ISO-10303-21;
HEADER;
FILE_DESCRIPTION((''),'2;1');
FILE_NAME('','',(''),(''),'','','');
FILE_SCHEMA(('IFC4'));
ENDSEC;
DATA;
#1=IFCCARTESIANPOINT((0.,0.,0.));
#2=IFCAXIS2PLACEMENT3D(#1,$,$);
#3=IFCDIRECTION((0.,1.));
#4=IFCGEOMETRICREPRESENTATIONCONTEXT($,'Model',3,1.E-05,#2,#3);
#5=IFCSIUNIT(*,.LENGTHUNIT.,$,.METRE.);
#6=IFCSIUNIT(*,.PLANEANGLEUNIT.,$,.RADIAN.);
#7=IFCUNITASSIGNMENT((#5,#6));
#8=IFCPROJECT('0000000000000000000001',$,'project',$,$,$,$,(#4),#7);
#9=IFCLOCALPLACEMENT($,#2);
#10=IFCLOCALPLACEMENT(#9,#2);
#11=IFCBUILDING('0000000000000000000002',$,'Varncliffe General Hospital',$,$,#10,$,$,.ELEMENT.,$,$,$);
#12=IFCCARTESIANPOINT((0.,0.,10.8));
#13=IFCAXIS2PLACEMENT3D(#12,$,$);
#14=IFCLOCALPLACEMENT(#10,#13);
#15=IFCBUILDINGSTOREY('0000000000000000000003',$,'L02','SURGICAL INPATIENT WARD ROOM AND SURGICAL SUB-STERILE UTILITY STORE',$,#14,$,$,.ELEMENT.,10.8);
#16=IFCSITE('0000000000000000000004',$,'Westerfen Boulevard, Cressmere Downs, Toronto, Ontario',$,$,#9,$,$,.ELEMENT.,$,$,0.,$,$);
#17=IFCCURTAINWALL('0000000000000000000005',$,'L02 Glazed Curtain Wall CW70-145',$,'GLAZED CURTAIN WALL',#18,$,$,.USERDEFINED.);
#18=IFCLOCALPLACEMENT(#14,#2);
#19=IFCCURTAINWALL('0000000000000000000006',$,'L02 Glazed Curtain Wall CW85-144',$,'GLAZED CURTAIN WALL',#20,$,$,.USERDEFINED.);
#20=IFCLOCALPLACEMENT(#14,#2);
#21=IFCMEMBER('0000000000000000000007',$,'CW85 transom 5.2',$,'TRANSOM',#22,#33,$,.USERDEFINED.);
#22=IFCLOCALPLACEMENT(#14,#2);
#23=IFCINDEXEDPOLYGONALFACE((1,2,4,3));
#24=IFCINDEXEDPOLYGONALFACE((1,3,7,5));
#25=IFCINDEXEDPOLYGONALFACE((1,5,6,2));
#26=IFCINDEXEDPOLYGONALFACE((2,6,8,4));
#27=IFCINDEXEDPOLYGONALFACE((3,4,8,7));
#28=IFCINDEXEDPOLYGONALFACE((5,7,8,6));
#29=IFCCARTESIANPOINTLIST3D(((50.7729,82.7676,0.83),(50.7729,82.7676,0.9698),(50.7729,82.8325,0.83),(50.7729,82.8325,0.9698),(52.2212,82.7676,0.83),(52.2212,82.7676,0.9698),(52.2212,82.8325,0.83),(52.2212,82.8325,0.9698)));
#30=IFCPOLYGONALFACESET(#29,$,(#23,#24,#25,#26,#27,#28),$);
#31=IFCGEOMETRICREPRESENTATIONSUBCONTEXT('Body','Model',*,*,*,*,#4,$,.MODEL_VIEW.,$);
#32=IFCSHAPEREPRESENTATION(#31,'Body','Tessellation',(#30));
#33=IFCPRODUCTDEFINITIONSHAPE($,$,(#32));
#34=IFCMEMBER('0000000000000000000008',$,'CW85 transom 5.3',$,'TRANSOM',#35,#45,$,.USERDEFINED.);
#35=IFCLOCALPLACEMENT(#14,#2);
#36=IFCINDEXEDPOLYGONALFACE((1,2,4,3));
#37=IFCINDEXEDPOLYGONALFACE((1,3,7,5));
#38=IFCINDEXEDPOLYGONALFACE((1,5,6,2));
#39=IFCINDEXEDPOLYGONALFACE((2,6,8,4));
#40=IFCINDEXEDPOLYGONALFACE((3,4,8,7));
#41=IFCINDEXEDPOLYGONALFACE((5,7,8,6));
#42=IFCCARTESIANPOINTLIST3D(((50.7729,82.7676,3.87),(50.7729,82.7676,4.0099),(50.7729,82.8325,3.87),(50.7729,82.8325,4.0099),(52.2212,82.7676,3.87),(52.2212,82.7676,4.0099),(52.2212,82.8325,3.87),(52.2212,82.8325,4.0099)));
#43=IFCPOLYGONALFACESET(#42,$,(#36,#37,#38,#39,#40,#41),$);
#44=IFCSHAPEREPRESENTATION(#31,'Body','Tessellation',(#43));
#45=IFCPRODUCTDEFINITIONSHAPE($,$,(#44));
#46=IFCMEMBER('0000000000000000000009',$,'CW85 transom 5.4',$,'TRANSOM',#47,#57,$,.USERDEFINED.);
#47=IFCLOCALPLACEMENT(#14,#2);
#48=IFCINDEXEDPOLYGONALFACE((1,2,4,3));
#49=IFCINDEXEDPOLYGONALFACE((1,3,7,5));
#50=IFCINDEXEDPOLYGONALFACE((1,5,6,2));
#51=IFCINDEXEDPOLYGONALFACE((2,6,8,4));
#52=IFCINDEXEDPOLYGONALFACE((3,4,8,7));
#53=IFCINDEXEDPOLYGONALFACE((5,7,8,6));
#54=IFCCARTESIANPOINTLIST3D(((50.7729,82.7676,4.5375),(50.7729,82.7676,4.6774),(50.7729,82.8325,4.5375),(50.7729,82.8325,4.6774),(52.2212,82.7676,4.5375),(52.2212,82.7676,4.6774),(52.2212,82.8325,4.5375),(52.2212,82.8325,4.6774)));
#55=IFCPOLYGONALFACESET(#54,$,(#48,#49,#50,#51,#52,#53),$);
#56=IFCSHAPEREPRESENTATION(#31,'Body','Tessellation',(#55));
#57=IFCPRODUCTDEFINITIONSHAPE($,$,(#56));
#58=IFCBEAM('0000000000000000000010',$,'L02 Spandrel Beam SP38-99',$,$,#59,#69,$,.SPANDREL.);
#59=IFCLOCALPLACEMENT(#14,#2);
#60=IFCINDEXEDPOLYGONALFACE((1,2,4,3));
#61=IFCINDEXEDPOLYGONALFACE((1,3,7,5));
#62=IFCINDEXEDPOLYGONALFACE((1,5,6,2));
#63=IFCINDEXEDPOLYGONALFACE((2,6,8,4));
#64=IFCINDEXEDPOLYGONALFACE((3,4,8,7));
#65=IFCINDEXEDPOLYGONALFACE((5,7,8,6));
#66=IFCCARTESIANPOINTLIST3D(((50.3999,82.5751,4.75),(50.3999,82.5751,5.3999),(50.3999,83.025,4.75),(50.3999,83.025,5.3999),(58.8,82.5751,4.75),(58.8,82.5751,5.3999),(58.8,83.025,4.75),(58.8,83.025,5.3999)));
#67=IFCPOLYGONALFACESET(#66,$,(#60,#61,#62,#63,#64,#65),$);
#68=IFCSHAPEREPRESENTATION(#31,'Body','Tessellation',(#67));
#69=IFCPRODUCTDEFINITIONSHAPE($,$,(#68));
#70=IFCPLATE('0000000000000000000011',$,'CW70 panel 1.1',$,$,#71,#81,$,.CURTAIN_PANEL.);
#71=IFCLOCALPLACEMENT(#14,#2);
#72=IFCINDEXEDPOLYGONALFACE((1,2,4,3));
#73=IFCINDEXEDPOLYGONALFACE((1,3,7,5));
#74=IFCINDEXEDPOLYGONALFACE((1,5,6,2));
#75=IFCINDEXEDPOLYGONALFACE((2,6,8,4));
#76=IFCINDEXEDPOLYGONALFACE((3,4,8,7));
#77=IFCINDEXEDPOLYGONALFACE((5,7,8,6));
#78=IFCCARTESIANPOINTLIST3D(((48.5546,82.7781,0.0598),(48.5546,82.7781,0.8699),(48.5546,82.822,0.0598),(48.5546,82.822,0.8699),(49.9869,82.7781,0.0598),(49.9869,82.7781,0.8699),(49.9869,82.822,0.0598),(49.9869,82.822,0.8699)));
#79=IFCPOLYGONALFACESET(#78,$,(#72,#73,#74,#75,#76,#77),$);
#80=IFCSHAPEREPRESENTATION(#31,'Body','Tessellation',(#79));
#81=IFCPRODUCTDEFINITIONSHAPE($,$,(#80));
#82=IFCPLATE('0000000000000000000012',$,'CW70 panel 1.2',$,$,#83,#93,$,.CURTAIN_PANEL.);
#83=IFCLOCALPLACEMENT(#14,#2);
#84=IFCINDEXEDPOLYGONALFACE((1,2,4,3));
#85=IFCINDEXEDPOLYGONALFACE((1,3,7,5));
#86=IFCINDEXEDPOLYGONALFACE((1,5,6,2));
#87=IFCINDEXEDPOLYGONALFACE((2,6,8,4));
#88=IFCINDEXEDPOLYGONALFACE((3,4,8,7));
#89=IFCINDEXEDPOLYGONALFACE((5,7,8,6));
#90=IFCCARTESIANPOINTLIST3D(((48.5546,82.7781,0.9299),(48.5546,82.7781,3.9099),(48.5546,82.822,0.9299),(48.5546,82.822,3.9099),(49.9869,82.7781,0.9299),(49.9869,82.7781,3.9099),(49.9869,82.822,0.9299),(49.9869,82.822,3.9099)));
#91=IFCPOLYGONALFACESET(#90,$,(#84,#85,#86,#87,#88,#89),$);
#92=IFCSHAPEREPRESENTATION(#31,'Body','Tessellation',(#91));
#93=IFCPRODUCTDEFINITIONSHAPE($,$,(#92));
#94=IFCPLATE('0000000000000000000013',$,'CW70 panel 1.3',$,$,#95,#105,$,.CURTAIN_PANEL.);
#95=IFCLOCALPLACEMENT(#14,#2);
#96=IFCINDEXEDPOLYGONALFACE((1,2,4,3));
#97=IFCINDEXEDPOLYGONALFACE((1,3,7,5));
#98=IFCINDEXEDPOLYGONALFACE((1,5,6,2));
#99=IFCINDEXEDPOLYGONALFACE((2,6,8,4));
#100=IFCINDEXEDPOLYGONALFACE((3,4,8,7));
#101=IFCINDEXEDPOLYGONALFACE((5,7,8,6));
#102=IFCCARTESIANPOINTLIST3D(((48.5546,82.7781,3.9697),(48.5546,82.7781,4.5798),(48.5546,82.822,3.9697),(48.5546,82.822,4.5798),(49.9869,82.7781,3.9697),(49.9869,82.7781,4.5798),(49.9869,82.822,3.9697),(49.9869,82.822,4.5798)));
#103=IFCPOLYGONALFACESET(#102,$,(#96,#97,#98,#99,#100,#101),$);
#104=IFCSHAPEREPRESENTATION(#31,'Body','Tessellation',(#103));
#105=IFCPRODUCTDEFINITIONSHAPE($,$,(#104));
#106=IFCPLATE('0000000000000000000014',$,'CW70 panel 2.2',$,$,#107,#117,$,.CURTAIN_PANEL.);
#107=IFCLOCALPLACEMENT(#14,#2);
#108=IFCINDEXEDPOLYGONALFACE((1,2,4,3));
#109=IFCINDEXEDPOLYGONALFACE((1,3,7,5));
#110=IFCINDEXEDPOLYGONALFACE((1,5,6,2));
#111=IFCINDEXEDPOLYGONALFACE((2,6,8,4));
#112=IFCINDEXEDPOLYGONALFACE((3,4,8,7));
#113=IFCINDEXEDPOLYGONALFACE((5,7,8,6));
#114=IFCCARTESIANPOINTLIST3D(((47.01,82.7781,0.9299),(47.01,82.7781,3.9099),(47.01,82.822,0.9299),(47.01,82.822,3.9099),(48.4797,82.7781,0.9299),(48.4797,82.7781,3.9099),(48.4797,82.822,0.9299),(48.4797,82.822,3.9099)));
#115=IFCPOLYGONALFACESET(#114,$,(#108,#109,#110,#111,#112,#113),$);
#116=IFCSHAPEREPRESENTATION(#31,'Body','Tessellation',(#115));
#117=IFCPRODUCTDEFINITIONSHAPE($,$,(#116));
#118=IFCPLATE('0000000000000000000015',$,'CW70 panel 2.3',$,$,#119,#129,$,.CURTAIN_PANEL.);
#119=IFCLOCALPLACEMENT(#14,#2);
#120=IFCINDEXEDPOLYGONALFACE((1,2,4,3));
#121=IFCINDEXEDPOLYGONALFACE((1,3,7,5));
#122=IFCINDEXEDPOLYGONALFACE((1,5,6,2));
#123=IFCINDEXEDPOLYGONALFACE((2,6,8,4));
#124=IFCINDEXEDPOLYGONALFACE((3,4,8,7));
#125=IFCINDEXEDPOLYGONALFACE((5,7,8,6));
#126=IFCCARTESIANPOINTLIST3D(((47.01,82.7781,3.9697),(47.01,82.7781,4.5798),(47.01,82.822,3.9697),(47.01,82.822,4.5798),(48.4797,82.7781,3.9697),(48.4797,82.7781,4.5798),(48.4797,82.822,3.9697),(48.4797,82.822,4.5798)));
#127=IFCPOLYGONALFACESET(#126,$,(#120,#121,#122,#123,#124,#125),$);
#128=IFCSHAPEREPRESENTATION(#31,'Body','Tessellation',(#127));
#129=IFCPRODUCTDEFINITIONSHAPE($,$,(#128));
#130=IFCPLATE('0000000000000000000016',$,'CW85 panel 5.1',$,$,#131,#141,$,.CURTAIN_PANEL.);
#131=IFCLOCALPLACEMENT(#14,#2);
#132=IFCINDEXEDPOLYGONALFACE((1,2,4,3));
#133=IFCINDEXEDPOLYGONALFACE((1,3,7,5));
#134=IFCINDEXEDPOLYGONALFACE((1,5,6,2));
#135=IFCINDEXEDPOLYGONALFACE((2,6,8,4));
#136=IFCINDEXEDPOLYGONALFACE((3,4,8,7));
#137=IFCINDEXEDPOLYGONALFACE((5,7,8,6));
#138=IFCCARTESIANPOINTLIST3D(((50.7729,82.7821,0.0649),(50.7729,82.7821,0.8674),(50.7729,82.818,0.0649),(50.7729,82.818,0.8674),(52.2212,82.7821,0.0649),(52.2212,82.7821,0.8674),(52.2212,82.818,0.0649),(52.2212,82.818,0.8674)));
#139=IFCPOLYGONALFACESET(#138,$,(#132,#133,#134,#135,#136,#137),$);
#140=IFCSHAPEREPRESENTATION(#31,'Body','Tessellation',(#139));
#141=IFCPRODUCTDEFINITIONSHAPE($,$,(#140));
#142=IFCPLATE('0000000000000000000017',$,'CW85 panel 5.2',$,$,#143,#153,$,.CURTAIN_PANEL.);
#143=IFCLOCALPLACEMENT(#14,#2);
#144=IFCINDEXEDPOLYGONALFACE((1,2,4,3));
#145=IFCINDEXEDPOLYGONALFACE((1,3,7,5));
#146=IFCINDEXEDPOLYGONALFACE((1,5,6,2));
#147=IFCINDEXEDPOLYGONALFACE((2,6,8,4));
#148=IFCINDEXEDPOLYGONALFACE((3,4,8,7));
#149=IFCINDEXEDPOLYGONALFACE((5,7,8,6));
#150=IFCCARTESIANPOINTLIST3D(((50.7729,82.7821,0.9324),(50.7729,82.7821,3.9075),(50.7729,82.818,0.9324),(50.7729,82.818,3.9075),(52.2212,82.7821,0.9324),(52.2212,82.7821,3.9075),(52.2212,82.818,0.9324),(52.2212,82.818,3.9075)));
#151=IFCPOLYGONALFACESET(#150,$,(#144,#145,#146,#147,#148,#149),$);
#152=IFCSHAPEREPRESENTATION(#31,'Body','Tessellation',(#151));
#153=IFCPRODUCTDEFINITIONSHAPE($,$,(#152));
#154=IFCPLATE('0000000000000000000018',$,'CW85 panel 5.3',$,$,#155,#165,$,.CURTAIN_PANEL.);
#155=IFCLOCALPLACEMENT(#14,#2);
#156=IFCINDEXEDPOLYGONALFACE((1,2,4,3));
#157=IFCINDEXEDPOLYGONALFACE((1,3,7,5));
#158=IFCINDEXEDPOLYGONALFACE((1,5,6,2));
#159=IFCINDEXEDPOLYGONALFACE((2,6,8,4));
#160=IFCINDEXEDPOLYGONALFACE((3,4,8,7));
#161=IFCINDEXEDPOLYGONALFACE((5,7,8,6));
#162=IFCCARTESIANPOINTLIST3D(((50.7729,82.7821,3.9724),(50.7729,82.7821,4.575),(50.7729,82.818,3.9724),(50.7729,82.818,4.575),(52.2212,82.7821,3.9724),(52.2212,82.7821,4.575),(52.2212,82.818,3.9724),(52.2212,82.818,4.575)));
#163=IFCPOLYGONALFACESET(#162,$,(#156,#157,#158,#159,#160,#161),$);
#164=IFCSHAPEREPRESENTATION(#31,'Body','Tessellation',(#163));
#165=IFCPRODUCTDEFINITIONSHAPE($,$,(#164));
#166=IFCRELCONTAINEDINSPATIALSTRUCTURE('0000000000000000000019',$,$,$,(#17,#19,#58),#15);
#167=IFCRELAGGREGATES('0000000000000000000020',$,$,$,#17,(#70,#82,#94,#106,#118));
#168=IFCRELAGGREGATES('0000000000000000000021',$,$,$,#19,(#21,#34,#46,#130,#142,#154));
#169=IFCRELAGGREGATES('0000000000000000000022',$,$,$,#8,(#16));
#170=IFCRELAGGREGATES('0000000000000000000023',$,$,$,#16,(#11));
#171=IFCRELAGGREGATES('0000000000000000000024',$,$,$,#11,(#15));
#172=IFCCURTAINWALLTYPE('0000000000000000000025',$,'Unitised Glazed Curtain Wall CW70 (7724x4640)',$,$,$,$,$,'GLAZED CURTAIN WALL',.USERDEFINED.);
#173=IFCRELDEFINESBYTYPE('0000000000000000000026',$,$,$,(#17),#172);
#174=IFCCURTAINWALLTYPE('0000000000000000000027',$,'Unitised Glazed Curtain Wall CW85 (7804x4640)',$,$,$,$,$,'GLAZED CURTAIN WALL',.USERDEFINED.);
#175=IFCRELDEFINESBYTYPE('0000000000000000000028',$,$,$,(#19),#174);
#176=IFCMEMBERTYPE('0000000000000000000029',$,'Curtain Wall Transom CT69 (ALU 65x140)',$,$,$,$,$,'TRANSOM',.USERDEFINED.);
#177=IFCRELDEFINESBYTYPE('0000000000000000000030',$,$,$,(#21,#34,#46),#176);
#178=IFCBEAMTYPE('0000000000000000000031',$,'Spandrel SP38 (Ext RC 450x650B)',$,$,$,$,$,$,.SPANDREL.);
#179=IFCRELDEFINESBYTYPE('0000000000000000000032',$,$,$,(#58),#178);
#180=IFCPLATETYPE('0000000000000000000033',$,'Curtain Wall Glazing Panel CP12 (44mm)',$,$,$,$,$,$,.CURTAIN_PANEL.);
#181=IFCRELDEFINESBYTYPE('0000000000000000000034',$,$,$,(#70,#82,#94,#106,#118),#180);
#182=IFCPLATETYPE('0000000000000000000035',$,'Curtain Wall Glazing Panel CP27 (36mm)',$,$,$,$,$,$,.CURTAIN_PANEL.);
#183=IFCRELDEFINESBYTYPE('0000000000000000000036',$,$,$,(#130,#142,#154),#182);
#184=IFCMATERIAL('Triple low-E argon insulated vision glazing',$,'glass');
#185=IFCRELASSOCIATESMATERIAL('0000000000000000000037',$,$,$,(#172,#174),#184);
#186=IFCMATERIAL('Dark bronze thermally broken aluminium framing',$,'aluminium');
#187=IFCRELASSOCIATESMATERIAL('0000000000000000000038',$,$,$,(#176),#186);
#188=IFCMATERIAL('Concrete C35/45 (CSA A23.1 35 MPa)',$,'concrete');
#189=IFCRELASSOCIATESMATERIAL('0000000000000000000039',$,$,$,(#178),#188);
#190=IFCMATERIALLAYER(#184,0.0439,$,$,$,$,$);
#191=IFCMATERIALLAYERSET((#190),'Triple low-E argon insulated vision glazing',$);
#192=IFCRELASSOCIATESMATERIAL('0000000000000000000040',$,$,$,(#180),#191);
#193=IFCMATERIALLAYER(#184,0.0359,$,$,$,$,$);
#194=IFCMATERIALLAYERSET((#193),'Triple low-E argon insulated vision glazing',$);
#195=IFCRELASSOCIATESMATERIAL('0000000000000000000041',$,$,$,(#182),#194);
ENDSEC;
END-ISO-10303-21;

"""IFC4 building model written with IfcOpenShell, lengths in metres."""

from ifc_helpers import new_model, si_unit, direction, frame, origin, origin_2d, place, context, subcontext, project, spatial, rectangle, extrude, material, layer, layer_set, material_profile, profile_set, type_object, element, aggregate, save


model = new_model("IFC4")

# Units and contexts
model_context = context("Model", 3, precision=1e-05, world=origin(), true_north=direction((0.0, 1.0)))
body_context = subcontext(model_context, "Body", "Model", "MODEL_VIEW")
ifc_project = project(units=[si_unit("LENGTHUNIT", "METRE"), si_unit("PLANEANGLEUNIT", "RADIAN")], contexts=[model_context])

# Site, building, storey
site_placement = place(None, origin())
site = spatial("IfcSite", under=ifc_project, at=site_placement, Name="Westerfen Boulevard, Cressmere Downs, Toronto, Ontario", CompositionType="ELEMENT", RefElevation=0.0)
building_placement = place(site_placement, origin())
building = spatial("IfcBuilding", under=site, at=building_placement, Name="Varncliffe General Hospital", CompositionType="ELEMENT")
storey_placement = place(building_placement, frame((0.0, 0.0, 10.8)))
storey = spatial("IfcBuildingStorey", under=building, at=storey_placement, Name="L02", Description="SURGICAL INPATIENT WARD ROOM AND SURGICAL SUB-STERILE UTILITY STORE", CompositionType="ELEMENT", Elevation=10.8)

# Shared definitions
ifc_material_1 = material(Name="Concrete C35/45 (CSA A23.1 35 MPa)", Category="concrete")

# Curtain wall
ifc_material_2 = material(Name="Triple low-E argon insulated vision glazing", Category="glass")
curtain_wall_type_1 = type_object("IfcCurtainWallType", Name="Unitised Glazed Curtain Wall CW70 (7724x4640)", ElementType="GLAZED CURTAIN WALL", PredefinedType="USERDEFINED", material=ifc_material_2)
curtain_wall_1_placement = place(storey_placement, origin())
curtain_wall_1 = element("IfcCurtainWall", 1, at=curtain_wall_1_placement, inside=storey, type_object=curtain_wall_type_1, Name="L02 Glazed Curtain Wall CW70-145", ObjectType="GLAZED CURTAIN WALL", PredefinedType="USERDEFINED")
ifc_material_3 = material(Name="Dark bronze thermally broken aluminium framing", Category="aluminium")

# Curtain wall
curtain_wall_type_2 = type_object("IfcCurtainWallType", Name="Unitised Glazed Curtain Wall CW85 (7804x4640)", ElementType="GLAZED CURTAIN WALL", PredefinedType="USERDEFINED", material=ifc_material_2)
curtain_wall_2_placement = place(storey_placement, origin())
curtain_wall_2 = element("IfcCurtainWall", 2, at=curtain_wall_2_placement, inside=storey, type_object=curtain_wall_type_2, Name="L02 Glazed Curtain Wall CW85-144", ObjectType="GLAZED CURTAIN WALL", PredefinedType="USERDEFINED")

# Members
ifc_material_profile_1 = material_profile(ifc_material_3, rectangle(XDim=0.0649, YDim=0.1399, at=origin_2d()), Name="ALU 65x140")
ifc_profile_set_1 = profile_set([ifc_material_profile_1], Name="Dark bronze thermally broken aluminium framing")
member_type_1 = type_object("IfcMemberType", Name="Curtain Wall Transom CT69 (ALU 65x140)", ElementType="TRANSOM", PredefinedType="USERDEFINED", material=ifc_profile_set_1)
member_1_placement = place(storey_placement, frame((52.2212, 82.8, 0.8999), z_axis=(-1.0, 0.0, 0.0), x_axis=(0.0, -1.0, 0.0)))
member_1 = element("IfcMember", 3, at=member_1_placement, type_object=member_type_1, Name="CW85 transom 5.2", ObjectType="TRANSOM", PredefinedType="USERDEFINED", context=body_context, shape_type="SweptSolid", body=[
    extrude(rectangle(XDim=0.0649, YDim=0.1399, at=origin_2d()), origin(), (0.0, 0.0, 1.0), 1.4482),
])
member_2_placement = place(storey_placement, frame((52.2212, 82.8, 3.9399), z_axis=(-1.0, 0.0, 0.0), x_axis=(0.0, -1.0, 0.0)))
member_2 = element("IfcMember", 4, at=member_2_placement, type_object=member_type_1, Name="CW85 transom 5.3", ObjectType="TRANSOM", PredefinedType="USERDEFINED", context=body_context, shape_type="SweptSolid", body=[
    extrude(rectangle(XDim=0.0649, YDim=0.1399, at=origin_2d()), origin(), (0.0, 0.0, 1.0), 1.4482),
])
member_3_placement = place(storey_placement, frame((52.2212, 82.8, 4.6074), z_axis=(-1.0, 0.0, 0.0), x_axis=(0.0, -1.0, 0.0)))
member_3 = element("IfcMember", 5, at=member_3_placement, type_object=member_type_1, Name="CW85 transom 5.4", ObjectType="TRANSOM", PredefinedType="USERDEFINED", context=body_context, shape_type="SweptSolid", body=[
    extrude(rectangle(XDim=0.0649, YDim=0.1399, at=origin_2d()), origin(), (0.0, 0.0, 1.0), 1.4482),
])

# Beam
ifc_material_profile_2 = material_profile(ifc_material_1, rectangle(XDim=0.45, YDim=0.6499, at=origin_2d()), Name="RC 450x650")
ifc_profile_set_2 = profile_set([ifc_material_profile_2], Name="Concrete C35/45 (CSA A23.1 35 MPa)")
beam_type_1 = type_object("IfcBeamType", Name="Spandrel SP38 (Ext RC 450x650B)", PredefinedType="SPANDREL", material=ifc_profile_set_2)
beam_1_placement = place(storey_placement, frame((50.3999, 82.8, 5.075), z_axis=(1.0, 0.0, 0.0), x_axis=(0.0, 1.0, 0.0)))
element("IfcBeam", 6, at=beam_1_placement, inside=storey, type_object=beam_type_1, Name="L02 Spandrel Beam SP38-99", PredefinedType="SPANDREL", context=body_context, shape_type="SweptSolid", body=[
    extrude(rectangle(XDim=0.45, YDim=0.6499, at=origin_2d()), origin(), (0.0, 0.0, 1.0), 8.4001),
])

# Plates
ifc_layer_1 = layer(ifc_material_2, 0.0439)
ifc_layer_set_1 = layer_set([ifc_layer_1], Name="Triple low-E argon insulated vision glazing")
plate_type_1 = type_object("IfcPlateType", Name="Curtain Wall Glazing Panel CP12 (44mm)", PredefinedType="CURTAIN_PANEL", material=ifc_layer_set_1)
plate_1_placement = place(storey_placement, frame((49.2708, 82.8, 0.0598), z_axis=(0.0, 0.0, 1.0), x_axis=(-1.0, 0.0, 0.0)))
plate_1 = element("IfcPlate", 7, at=plate_1_placement, type_object=plate_type_1, Name="CW70 panel 1.1", PredefinedType="CURTAIN_PANEL", context=body_context, shape_type="SweptSolid", body=[
    extrude(rectangle(XDim=1.4324, YDim=0.0439, at=origin_2d()), origin(), (0.0, 0.0, 1.0), 0.8101),
])
plate_2_placement = place(storey_placement, frame((49.2708, 82.8, 0.9299), z_axis=(0.0, 0.0, 1.0), x_axis=(-1.0, 0.0, 0.0)))
plate_2 = element("IfcPlate", 8, at=plate_2_placement, type_object=plate_type_1, Name="CW70 panel 1.2", PredefinedType="CURTAIN_PANEL", context=body_context, shape_type="SweptSolid", body=[
    extrude(rectangle(XDim=1.4324, YDim=0.0439, at=origin_2d()), origin(), (0.0, 0.0, 1.0), 2.98),
])
plate_3_placement = place(storey_placement, frame((49.2708, 82.8, 3.9697), z_axis=(0.0, 0.0, 1.0), x_axis=(-1.0, 0.0, 0.0)))
plate_3 = element("IfcPlate", 9, at=plate_3_placement, type_object=plate_type_1, Name="CW70 panel 1.3", PredefinedType="CURTAIN_PANEL", context=body_context, shape_type="SweptSolid", body=[
    extrude(rectangle(XDim=1.4324, YDim=0.0439, at=origin_2d()), origin(), (0.0, 0.0, 1.0), 0.6101),
])
plate_4_placement = place(storey_placement, frame((47.7449, 82.8, 0.9299), z_axis=(0.0, 0.0, 1.0), x_axis=(-1.0, 0.0, 0.0)))
plate_4 = element("IfcPlate", 10, at=plate_4_placement, type_object=plate_type_1, Name="CW70 panel 2.2", PredefinedType="CURTAIN_PANEL", context=body_context, shape_type="SweptSolid", body=[
    extrude(rectangle(XDim=1.4697, YDim=0.0439, at=origin_2d()), origin(), (0.0, 0.0, 1.0), 2.98),
])
plate_5_placement = place(storey_placement, frame((47.7449, 82.8, 3.9697), z_axis=(0.0, 0.0, 1.0), x_axis=(-1.0, 0.0, 0.0)))
plate_5 = element("IfcPlate", 11, at=plate_5_placement, type_object=plate_type_1, Name="CW70 panel 2.3", PredefinedType="CURTAIN_PANEL", context=body_context, shape_type="SweptSolid", body=[
    extrude(rectangle(XDim=1.4697, YDim=0.0439, at=origin_2d()), origin(), (0.0, 0.0, 1.0), 0.6101),
])
aggregate(curtain_wall_1, [plate_1, plate_2, plate_3, plate_4, plate_5])
ifc_layer_2 = layer(ifc_material_2, 0.0359)
ifc_layer_set_2 = layer_set([ifc_layer_2], Name="Triple low-E argon insulated vision glazing")
plate_type_2 = type_object("IfcPlateType", Name="Curtain Wall Glazing Panel CP27 (36mm)", PredefinedType="CURTAIN_PANEL", material=ifc_layer_set_2)
plate_6_placement = place(storey_placement, frame((51.4971, 82.8, 0.0649), z_axis=(0.0, 0.0, 1.0), x_axis=(-1.0, 0.0, 0.0)))
plate_6 = element("IfcPlate", 12, at=plate_6_placement, type_object=plate_type_2, Name="CW85 panel 5.1", PredefinedType="CURTAIN_PANEL", context=body_context, shape_type="SweptSolid", body=[
    extrude(rectangle(XDim=1.4482, YDim=0.0359, at=origin_2d()), origin(), (0.0, 0.0, 1.0), 0.8025),
])
plate_7_placement = place(storey_placement, frame((51.4971, 82.8, 0.9324), z_axis=(0.0, 0.0, 1.0), x_axis=(-1.0, 0.0, 0.0)))
plate_7 = element("IfcPlate", 13, at=plate_7_placement, type_object=plate_type_2, Name="CW85 panel 5.2", PredefinedType="CURTAIN_PANEL", context=body_context, shape_type="SweptSolid", body=[
    extrude(rectangle(XDim=1.4482, YDim=0.0359, at=origin_2d()), origin(), (0.0, 0.0, 1.0), 2.9751),
])
plate_8_placement = place(storey_placement, frame((51.4971, 82.8, 3.9724), z_axis=(0.0, 0.0, 1.0), x_axis=(-1.0, 0.0, 0.0)))
plate_8 = element("IfcPlate", 14, at=plate_8_placement, type_object=plate_type_2, Name="CW85 panel 5.3", PredefinedType="CURTAIN_PANEL", context=body_context, shape_type="SweptSolid", body=[
    extrude(rectangle(XDim=1.4482, YDim=0.0359, at=origin_2d()), origin(), (0.0, 0.0, 1.0), 0.6025),
])
aggregate(curtain_wall_2, [member_1, member_2, member_3, plate_6, plate_7, plate_8])

save(model, "model.ifc")
